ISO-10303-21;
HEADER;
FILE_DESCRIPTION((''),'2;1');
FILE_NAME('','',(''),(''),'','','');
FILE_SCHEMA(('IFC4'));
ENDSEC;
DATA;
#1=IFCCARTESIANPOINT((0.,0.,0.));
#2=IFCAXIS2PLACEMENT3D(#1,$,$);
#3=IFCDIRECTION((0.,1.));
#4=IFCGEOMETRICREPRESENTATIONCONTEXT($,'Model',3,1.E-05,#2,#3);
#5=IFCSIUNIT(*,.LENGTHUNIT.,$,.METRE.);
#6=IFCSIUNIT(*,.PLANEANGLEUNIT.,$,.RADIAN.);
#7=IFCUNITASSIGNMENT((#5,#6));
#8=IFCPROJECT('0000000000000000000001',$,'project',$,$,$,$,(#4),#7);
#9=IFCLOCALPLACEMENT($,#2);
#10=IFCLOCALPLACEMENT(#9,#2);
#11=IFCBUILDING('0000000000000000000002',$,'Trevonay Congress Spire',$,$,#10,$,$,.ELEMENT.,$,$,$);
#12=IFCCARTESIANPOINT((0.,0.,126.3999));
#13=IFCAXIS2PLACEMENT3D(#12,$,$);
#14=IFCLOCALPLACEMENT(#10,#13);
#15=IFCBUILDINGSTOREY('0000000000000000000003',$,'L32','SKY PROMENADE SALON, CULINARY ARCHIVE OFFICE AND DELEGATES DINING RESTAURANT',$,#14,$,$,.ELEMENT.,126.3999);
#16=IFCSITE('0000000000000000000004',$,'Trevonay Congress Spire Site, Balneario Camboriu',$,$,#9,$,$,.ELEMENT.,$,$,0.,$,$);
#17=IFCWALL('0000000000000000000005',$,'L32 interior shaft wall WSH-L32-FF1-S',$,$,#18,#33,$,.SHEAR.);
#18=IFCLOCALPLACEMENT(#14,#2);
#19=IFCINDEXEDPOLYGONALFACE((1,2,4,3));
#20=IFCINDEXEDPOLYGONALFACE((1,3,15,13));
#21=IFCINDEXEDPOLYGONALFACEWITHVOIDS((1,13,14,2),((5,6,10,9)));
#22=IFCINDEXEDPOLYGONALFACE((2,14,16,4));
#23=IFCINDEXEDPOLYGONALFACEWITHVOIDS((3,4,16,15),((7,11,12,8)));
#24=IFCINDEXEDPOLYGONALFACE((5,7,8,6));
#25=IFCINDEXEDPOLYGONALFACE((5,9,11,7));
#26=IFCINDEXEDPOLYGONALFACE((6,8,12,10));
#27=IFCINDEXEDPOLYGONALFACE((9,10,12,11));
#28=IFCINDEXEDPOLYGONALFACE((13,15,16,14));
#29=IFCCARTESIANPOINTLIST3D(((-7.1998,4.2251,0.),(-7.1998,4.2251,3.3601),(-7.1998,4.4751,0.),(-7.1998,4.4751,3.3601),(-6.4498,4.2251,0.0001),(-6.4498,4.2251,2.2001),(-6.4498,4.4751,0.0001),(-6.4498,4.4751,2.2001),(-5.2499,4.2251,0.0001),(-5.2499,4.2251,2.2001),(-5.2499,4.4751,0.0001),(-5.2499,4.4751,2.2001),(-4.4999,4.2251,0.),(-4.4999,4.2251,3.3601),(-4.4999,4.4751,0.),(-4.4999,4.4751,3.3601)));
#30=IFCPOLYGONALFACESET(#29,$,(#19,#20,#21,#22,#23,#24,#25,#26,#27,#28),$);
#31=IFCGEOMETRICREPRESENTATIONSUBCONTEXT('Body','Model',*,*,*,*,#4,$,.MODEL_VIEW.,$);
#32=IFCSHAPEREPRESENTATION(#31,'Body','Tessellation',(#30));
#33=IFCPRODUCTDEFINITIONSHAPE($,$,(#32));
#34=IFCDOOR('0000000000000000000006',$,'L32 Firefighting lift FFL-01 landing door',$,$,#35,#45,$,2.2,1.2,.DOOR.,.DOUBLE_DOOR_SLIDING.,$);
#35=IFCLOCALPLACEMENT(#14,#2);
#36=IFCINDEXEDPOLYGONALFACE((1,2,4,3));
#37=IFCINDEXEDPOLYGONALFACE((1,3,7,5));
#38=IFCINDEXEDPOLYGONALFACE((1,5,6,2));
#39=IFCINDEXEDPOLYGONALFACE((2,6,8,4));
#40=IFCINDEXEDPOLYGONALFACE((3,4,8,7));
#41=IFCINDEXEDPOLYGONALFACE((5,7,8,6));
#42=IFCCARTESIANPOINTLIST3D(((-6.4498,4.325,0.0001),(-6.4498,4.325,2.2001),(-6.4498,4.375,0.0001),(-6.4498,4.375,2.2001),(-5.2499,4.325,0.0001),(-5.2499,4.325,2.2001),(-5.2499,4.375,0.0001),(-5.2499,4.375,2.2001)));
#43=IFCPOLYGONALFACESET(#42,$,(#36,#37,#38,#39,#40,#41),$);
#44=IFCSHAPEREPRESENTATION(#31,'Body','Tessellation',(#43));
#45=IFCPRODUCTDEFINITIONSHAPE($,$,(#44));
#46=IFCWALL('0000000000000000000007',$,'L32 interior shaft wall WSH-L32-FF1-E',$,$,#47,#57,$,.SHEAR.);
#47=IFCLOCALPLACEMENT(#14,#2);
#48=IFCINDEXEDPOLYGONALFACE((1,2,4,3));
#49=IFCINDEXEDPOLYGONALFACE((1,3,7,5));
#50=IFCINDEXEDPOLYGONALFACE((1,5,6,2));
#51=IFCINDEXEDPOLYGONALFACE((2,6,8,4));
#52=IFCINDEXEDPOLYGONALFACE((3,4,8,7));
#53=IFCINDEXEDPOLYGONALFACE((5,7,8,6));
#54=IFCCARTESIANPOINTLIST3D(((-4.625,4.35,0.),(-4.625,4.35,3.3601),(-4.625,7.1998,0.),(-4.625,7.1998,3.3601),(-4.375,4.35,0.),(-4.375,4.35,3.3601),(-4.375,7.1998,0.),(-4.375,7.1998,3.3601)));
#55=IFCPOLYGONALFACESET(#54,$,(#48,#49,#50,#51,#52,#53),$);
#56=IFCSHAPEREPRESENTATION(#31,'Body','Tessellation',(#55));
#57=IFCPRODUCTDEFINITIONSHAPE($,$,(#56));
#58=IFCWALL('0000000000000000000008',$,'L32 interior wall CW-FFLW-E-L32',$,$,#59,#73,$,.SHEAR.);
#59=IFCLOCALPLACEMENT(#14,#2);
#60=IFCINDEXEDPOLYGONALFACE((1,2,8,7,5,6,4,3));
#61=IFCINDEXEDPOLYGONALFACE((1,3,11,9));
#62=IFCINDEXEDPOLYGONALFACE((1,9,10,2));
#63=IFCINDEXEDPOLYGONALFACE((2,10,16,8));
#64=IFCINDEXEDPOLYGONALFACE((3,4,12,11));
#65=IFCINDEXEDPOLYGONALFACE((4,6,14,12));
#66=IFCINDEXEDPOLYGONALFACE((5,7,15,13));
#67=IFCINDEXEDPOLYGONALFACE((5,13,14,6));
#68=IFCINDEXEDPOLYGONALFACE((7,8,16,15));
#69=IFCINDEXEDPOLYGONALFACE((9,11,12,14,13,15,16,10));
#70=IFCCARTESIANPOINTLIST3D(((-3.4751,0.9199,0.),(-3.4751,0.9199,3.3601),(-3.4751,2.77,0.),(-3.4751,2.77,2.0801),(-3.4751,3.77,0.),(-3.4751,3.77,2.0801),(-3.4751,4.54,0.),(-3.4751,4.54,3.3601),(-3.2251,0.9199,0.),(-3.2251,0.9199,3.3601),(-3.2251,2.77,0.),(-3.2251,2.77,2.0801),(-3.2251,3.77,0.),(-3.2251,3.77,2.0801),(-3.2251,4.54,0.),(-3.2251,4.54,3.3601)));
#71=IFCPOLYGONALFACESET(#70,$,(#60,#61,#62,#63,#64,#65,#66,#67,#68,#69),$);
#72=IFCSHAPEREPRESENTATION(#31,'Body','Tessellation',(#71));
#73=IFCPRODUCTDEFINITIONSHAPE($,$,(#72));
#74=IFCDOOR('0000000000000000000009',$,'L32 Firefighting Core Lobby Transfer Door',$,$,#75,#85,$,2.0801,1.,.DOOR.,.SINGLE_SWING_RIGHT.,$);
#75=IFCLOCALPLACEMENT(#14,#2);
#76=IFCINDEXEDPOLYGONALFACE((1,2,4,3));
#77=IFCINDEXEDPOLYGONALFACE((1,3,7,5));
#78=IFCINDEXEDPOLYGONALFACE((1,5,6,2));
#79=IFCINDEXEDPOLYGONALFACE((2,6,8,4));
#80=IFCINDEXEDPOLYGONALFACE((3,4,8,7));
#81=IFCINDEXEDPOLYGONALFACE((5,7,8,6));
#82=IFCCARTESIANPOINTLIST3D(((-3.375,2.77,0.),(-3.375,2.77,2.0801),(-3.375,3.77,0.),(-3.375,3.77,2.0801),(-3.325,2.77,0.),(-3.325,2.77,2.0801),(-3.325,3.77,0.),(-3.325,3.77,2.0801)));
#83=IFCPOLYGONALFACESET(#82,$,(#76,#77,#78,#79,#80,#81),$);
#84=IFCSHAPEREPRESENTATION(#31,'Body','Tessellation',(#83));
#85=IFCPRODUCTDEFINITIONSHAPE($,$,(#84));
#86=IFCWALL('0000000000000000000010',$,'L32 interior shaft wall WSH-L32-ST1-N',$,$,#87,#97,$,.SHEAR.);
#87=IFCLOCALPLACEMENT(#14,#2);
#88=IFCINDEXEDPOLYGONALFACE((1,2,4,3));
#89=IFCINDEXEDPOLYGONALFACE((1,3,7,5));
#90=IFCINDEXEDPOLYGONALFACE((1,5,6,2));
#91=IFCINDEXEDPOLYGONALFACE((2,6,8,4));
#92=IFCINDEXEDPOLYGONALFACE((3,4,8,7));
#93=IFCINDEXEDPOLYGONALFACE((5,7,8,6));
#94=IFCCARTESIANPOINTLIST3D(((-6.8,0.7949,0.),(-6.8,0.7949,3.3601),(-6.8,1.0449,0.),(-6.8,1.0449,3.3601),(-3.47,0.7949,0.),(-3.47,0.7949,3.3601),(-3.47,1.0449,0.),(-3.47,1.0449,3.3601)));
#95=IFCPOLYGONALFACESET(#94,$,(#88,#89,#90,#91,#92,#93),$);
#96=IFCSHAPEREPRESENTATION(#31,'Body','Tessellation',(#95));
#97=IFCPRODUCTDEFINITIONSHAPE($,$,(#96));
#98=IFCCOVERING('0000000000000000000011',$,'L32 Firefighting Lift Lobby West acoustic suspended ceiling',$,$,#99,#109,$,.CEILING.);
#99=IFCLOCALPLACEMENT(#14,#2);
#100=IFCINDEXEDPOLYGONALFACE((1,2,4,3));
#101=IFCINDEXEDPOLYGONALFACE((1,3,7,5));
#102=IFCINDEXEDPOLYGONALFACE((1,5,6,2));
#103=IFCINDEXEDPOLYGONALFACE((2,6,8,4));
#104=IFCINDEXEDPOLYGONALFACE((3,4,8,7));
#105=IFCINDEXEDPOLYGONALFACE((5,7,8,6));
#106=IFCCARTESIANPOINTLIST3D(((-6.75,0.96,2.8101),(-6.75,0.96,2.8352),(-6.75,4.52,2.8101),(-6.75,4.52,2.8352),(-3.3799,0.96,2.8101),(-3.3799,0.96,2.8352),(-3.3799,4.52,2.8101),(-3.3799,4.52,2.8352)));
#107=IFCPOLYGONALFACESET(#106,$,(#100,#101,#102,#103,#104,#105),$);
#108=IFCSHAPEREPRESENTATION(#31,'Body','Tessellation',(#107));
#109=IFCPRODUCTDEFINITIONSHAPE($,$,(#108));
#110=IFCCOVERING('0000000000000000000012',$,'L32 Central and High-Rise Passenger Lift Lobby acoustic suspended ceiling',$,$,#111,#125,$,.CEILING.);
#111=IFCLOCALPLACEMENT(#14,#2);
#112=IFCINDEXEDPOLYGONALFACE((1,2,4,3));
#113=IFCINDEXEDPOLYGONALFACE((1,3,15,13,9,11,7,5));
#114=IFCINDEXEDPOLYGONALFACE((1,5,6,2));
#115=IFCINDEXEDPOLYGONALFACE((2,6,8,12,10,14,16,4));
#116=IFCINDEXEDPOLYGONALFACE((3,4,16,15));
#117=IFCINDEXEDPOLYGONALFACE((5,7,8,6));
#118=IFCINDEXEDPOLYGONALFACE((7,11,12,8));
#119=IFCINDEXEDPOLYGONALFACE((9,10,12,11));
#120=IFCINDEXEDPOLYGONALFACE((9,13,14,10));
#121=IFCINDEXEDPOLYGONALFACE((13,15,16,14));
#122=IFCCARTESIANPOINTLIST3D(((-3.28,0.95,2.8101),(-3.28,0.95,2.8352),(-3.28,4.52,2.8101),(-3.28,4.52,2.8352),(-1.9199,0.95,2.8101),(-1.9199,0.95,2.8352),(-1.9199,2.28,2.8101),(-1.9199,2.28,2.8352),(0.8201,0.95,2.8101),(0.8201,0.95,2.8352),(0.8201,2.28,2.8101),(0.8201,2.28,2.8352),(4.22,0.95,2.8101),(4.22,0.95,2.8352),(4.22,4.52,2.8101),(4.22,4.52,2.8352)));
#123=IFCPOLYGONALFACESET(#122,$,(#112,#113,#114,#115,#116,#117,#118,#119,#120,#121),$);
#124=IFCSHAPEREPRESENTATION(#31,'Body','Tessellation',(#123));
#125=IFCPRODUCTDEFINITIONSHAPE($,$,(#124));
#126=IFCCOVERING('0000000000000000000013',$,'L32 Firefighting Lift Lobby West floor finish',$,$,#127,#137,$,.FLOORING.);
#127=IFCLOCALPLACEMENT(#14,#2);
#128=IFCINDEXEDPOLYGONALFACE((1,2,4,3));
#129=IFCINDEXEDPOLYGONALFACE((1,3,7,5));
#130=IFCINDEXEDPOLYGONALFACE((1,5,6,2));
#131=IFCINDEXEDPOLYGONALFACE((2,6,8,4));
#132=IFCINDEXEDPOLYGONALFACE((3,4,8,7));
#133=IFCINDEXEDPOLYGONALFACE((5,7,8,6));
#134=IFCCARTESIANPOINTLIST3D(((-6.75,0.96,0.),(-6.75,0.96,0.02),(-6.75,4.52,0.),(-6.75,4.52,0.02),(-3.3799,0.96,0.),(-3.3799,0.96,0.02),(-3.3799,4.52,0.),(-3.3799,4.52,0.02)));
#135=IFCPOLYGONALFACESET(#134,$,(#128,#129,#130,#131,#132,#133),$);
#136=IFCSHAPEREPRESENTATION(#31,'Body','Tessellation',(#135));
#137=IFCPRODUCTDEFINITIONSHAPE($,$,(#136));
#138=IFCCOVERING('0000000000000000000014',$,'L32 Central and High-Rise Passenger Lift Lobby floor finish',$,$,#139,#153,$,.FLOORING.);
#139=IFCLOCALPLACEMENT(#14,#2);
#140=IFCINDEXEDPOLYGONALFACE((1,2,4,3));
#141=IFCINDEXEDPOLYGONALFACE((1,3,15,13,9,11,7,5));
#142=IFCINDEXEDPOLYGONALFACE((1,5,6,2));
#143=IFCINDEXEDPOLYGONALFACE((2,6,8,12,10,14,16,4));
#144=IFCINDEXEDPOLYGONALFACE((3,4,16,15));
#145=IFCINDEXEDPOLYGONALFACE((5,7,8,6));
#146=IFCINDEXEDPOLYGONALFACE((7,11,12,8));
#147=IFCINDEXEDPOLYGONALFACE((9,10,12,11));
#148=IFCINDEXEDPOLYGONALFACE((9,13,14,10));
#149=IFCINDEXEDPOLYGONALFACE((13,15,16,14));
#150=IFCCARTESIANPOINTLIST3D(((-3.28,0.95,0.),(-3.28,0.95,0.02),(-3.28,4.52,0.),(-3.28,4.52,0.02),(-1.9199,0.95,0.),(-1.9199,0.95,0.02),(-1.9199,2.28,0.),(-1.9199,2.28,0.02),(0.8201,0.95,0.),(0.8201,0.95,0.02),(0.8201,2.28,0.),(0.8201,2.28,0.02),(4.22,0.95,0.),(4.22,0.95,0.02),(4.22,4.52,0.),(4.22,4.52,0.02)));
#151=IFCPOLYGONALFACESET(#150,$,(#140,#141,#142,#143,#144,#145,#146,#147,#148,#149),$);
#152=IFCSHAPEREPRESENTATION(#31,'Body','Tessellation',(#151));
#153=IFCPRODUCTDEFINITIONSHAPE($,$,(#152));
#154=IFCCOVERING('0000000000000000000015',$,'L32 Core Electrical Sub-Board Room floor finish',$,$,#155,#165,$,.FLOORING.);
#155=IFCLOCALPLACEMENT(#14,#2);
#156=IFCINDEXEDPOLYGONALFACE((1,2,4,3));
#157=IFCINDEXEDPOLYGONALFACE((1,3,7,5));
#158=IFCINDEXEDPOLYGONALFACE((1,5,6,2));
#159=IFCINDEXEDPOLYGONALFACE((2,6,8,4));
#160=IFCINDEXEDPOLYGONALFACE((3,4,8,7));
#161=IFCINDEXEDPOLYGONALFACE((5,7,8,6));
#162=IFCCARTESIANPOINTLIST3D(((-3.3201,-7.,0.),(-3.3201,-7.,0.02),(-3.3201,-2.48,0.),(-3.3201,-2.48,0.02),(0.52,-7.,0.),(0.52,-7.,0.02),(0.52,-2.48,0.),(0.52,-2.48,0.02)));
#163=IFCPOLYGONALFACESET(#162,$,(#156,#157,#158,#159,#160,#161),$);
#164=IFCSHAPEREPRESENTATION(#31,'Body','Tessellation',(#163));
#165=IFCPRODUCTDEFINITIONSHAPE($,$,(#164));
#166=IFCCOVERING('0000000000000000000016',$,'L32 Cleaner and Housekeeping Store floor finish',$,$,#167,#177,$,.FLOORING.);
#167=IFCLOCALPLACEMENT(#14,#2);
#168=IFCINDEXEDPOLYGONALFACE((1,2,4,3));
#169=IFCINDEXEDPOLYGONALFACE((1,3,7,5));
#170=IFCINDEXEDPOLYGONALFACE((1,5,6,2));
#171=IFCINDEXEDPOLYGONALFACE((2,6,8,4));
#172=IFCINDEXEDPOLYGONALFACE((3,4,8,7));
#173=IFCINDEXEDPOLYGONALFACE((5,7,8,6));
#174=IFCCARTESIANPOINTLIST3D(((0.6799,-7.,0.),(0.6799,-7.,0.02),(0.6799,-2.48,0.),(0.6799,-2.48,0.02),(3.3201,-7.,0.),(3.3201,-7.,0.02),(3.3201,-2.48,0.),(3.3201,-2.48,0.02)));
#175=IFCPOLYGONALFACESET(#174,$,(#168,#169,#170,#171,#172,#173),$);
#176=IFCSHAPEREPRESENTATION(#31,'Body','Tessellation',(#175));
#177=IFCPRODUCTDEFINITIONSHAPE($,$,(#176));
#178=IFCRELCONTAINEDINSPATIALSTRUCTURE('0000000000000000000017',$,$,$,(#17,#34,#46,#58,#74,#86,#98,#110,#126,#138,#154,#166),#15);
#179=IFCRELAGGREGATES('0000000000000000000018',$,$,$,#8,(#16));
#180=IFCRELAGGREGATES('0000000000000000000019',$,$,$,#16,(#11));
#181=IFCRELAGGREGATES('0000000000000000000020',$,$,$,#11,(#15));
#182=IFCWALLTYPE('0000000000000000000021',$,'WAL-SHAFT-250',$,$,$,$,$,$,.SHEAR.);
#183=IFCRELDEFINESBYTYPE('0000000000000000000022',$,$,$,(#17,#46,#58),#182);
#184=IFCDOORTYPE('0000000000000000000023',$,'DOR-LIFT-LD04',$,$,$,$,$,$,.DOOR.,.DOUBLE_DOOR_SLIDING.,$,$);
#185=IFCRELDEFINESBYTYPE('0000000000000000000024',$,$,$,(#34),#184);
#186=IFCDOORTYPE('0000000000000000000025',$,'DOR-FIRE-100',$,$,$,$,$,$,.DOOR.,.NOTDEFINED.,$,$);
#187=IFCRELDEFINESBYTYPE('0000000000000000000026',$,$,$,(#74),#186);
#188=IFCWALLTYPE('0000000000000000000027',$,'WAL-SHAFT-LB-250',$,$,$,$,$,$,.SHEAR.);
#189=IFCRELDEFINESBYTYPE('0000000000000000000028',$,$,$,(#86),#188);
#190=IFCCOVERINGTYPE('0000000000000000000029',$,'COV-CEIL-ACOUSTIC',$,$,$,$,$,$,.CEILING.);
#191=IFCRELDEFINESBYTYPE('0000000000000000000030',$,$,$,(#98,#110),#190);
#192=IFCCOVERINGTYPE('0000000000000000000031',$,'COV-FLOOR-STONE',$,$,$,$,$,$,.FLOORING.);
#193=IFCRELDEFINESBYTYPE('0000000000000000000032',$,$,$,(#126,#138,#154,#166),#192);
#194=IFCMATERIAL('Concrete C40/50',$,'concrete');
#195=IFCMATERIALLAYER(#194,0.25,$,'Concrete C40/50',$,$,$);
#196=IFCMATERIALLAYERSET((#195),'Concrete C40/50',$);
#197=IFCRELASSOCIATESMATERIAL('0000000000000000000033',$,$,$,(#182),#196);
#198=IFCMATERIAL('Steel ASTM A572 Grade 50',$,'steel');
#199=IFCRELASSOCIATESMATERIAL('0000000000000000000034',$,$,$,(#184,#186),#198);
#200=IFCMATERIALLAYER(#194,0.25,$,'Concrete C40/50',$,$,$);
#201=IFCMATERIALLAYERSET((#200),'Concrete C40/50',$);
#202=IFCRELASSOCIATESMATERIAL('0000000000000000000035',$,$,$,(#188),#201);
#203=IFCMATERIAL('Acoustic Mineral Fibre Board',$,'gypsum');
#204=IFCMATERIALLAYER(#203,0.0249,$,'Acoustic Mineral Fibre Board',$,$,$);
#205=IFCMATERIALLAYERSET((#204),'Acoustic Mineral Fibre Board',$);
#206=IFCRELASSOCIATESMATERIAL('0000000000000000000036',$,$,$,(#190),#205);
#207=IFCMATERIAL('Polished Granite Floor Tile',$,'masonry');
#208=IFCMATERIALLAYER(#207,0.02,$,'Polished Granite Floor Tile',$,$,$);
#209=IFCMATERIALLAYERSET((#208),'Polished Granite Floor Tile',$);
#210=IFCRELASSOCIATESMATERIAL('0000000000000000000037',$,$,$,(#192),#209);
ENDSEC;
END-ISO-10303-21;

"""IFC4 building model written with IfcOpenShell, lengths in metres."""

from ifc_helpers import new_model, si_unit, direction, frame, frame_2d, origin, place, context, subcontext, project, spatial, polyline, rectangle, outline, extrude, material, layer, layer_set, type_object, element, fill, save


model = new_model("IFC4")

# Units and contexts
model_context = context("Model", 3, precision=1e-05, world=origin(), true_north=direction((0.0, 1.0)))
body_context = subcontext(model_context, "Body", "Model", "MODEL_VIEW")
ifc_project = project(units=[si_unit("LENGTHUNIT", "METRE"), si_unit("PLANEANGLEUNIT", "RADIAN")], contexts=[model_context])

# Site, building, storey
site_placement = place(None, origin())
site = spatial("IfcSite", under=ifc_project, at=site_placement, Name="Trevonay Congress Spire Site, Balneario Camboriu", CompositionType="ELEMENT", RefElevation=0.0)
building_placement = place(site_placement, origin())
building = spatial("IfcBuilding", under=site, at=building_placement, Name="Trevonay Congress Spire", CompositionType="ELEMENT")
storey_placement = place(building_placement, frame((0.0, 0.0, 126.3999)))
storey = spatial("IfcBuildingStorey", under=building, at=storey_placement, Name="L32", Description="SKY PROMENADE SALON, CULINARY ARCHIVE OFFICE AND DELEGATES DINING RESTAURANT", CompositionType="ELEMENT", Elevation=126.3999)

# Shared definitions
ifc_material_1 = material(Name="Steel ASTM A572 Grade 50", Category="steel")

# Shared definitions
ifc_material_2 = material(Name="Concrete C40/50", Category="concrete")

# Shared definitions
ifc_layer_1 = layer(ifc_material_2, 0.25, Name="Concrete C40/50")
ifc_layer_set_1 = layer_set([ifc_layer_1], Name="Concrete C40/50")
wall_type_1 = type_object("IfcWallType", Name="WAL-SHAFT-250", PredefinedType="SHEAR", material=ifc_layer_set_1)

# Wall, opening, door
wall_1_placement = place(storey_placement, frame((-7.2, 4.3501, 0.0), z_axis=(0.0, 0.0, 1.0), x_axis=(1.0, 0.0, 0.0)))
wall_1 = element("IfcWall", 1, at=wall_1_placement, inside=storey, type_object=wall_type_1, Name="L32 interior shaft wall WSH-L32-FF1-S", PredefinedType="SHEAR", context=body_context, shape_type="SweptSolid", body=[
    extrude(rectangle(XDim=2.7, YDim=0.25, at=frame_2d((1.3501, 0.0))), origin(), (0.0, 0.0, 1.0), 3.3601),
])
opening_1_placement = place(wall_1_placement, frame((0.75, 0.0, 0.0)))
opening_1 = element("IfcOpeningElement", 2, at=opening_1_placement, cuts=wall_1, PredefinedType="OPENING", context=body_context, shape_type="SweptSolid", body=[
    extrude(rectangle(XDim=1.2, YDim=2.2, at=frame_2d((0.6001, 1.1001))), frame((0.0, 0.135, 0.0), z_axis=(0.0, -1.0, 0.0), x_axis=(1.0, 0.0, 0.0)), (0.0, 0.0, 1.0), 0.27),
])
door_type_1 = type_object("IfcDoorType", Name="DOR-LIFT-LD04", OperationType="DOUBLE_DOOR_SLIDING", PredefinedType="DOOR", material=ifc_material_1)
door_1_placement = place(opening_1_placement, origin())
door_1 = element("IfcDoor", 3, at=door_1_placement, inside=storey, type_object=door_type_1, Name="L32 Firefighting lift FFL-01 landing door", OperationType="DOUBLE_DOOR_SLIDING", OverallHeight=2.2, OverallWidth=1.2, PredefinedType="DOOR", context=body_context, shape_type="SweptSolid", body=[
    extrude(rectangle(XDim=1.2, YDim=2.2, at=frame_2d((0.6001, 1.1001))), frame((0.0, 0.0249, 0.0), z_axis=(0.0, -1.0, 0.0), x_axis=(1.0, 0.0, 0.0)), (0.0, 0.0, 1.0), 0.05),
])
fill(opening_1, door_1)

# Wall
wall_2_placement = place(storey_placement, frame((-4.5, 4.3501, 0.0), z_axis=(0.0, 0.0, 1.0), x_axis=(0.0, 1.0, 0.0)))
element("IfcWall", 4, at=wall_2_placement, inside=storey, type_object=wall_type_1, Name="L32 interior shaft wall WSH-L32-FF1-E", PredefinedType="SHEAR", context=body_context, shape_type="SweptSolid", body=[
    extrude(rectangle(XDim=2.8499, YDim=0.25, at=frame_2d((1.4248, 0.0))), origin(), (0.0, 0.0, 1.0), 3.3601),
])

# Wall, opening, door
wall_3_placement = place(storey_placement, frame((-3.3501, 0.9199, 0.0), z_axis=(0.0, 0.0, 1.0), x_axis=(0.0, 1.0, 0.0)))
wall_3 = element("IfcWall", 5, at=wall_3_placement, inside=storey, type_object=wall_type_1, Name="L32 interior wall CW-FFLW-E-L32", PredefinedType="SHEAR", context=body_context, shape_type="SweptSolid", body=[
    extrude(rectangle(XDim=3.6201, YDim=0.25, at=frame_2d((1.8101, 0.0))), origin(), (0.0, 0.0, 1.0), 3.3601),
])
opening_2_placement = place(wall_3_placement, frame((1.8501, 0.0, 0.0)))
opening_2 = element("IfcOpeningElement", 6, at=opening_2_placement, cuts=wall_3, PredefinedType="OPENING", context=body_context, shape_type="SweptSolid", body=[
    extrude(rectangle(XDim=1.0, YDim=2.0801, at=frame_2d((0.5, 1.04))), frame((0.0, 0.135, 0.0), z_axis=(0.0, -1.0, 0.0), x_axis=(1.0, 0.0, 0.0)), (0.0, 0.0, 1.0), 0.27),
])
door_type_2 = type_object("IfcDoorType", Name="DOR-FIRE-100", OperationType="NOTDEFINED", PredefinedType="DOOR", material=ifc_material_1)
door_2_placement = place(opening_2_placement, origin())
door_2 = element("IfcDoor", 7, at=door_2_placement, inside=storey, type_object=door_type_2, Name="L32 Firefighting Core Lobby Transfer Door", OperationType="SINGLE_SWING_RIGHT", OverallHeight=2.0801, OverallWidth=1.0, PredefinedType="DOOR", context=body_context, shape_type="SweptSolid", body=[
    extrude(rectangle(XDim=1.0, YDim=2.0801, at=frame_2d((0.5, 1.04))), frame((0.0, 0.0249, 0.0), z_axis=(0.0, -1.0, 0.0), x_axis=(1.0, 0.0, 0.0)), (0.0, 0.0, 1.0), 0.05),
])
fill(opening_2, door_2)

# Wall
ifc_layer_2 = layer(ifc_material_2, 0.25, Name="Concrete C40/50")
ifc_layer_set_2 = layer_set([ifc_layer_2], Name="Concrete C40/50")
wall_type_2 = type_object("IfcWallType", Name="WAL-SHAFT-LB-250", PredefinedType="SHEAR", material=ifc_layer_set_2)
wall_4_placement = place(storey_placement, frame((-6.8, 0.9199, 0.0), z_axis=(0.0, 0.0, 1.0), x_axis=(1.0, 0.0, 0.0)))
element("IfcWall", 8, at=wall_4_placement, inside=storey, type_object=wall_type_2, Name="L32 interior shaft wall WSH-L32-ST1-N", PredefinedType="SHEAR", context=body_context, shape_type="SweptSolid", body=[
    extrude(rectangle(XDim=3.3301, YDim=0.25, at=frame_2d((1.665, 0.0))), origin(), (0.0, 0.0, 1.0), 3.3601),
])

# Coverings
ifc_material_3 = material(Name="Acoustic Mineral Fibre Board", Category="gypsum")
ifc_layer_3 = layer(ifc_material_3, 0.0249, Name="Acoustic Mineral Fibre Board")
ifc_layer_set_3 = layer_set([ifc_layer_3], Name="Acoustic Mineral Fibre Board")
covering_type_1 = type_object("IfcCoveringType", Name="COV-CEIL-ACOUSTIC", PredefinedType="CEILING", material=ifc_layer_set_3)
covering_1_placement = place(storey_placement, frame((0.0, 0.0, 2.8101)))
element("IfcCovering", 9, at=covering_1_placement, inside=storey, type_object=covering_type_1, Name="L32 Firefighting Lift Lobby West acoustic suspended ceiling", PredefinedType="CEILING", context=body_context, shape_type="SweptSolid", body=[
    extrude(outline(polyline([(-6.75, 0.96), (-3.3799, 0.96), (-3.3799, 4.52), (-6.75, 4.52), (-6.75, 0.96)])), origin(), (0.0, 0.0, 1.0), 0.0251),
])
covering_2_placement = place(storey_placement, frame((0.0, 0.0, 2.8101)))
element("IfcCovering", 10, at=covering_2_placement, inside=storey, type_object=covering_type_1, Name="L32 Central and High-Rise Passenger Lift Lobby acoustic suspended ceiling", PredefinedType="CEILING", context=body_context, shape_type="SweptSolid", body=[
    extrude(outline(polyline([(-3.28, 0.95), (-1.9199, 0.95), (-1.9199, 2.28), (0.8201, 2.28), (0.8201, 0.95), (4.22, 0.95), (4.22, 4.52), (-3.28, 4.52), (-3.28, 0.95)])), origin(), (0.0, 0.0, 1.0), 0.0251),
])
ifc_material_4 = material(Name="Polished Granite Floor Tile", Category="masonry")
ifc_layer_4 = layer(ifc_material_4, 0.02, Name="Polished Granite Floor Tile")
ifc_layer_set_4 = layer_set([ifc_layer_4], Name="Polished Granite Floor Tile")
covering_type_2 = type_object("IfcCoveringType", Name="COV-FLOOR-STONE", PredefinedType="FLOORING", material=ifc_layer_set_4)
covering_3_placement = place(storey_placement, origin())
element("IfcCovering", 11, at=covering_3_placement, inside=storey, type_object=covering_type_2, Name="L32 Firefighting Lift Lobby West floor finish", PredefinedType="FLOORING", context=body_context, shape_type="SweptSolid", body=[
    extrude(outline(polyline([(-6.75, 0.96), (-3.3799, 0.96), (-3.3799, 4.52), (-6.75, 4.52), (-6.75, 0.96)])), origin(), (0.0, 0.0, 1.0), 0.02),
])
covering_4_placement = place(storey_placement, origin())
element("IfcCovering", 12, at=covering_4_placement, inside=storey, type_object=covering_type_2, Name="L32 Central and High-Rise Passenger Lift Lobby floor finish", PredefinedType="FLOORING", context=body_context, shape_type="SweptSolid", body=[
    extrude(outline(polyline([(-3.28, 0.95), (-1.9199, 0.95), (-1.9199, 2.28), (0.8201, 2.28), (0.8201, 0.95), (4.22, 0.95), (4.22, 4.52), (-3.28, 4.52), (-3.28, 0.95)])), origin(), (0.0, 0.0, 1.0), 0.02),
])
covering_5_placement = place(storey_placement, origin())
element("IfcCovering", 13, at=covering_5_placement, inside=storey, type_object=covering_type_2, Name="L32 Core Electrical Sub-Board Room floor finish", PredefinedType="FLOORING", context=body_context, shape_type="SweptSolid", body=[
    extrude(outline(polyline([(-3.3201, -7.0), (0.52, -7.0), (0.52, -2.48), (-3.3201, -2.48), (-3.3201, -7.0)])), origin(), (0.0, 0.0, 1.0), 0.02),
])
covering_6_placement = place(storey_placement, origin())
element("IfcCovering", 14, at=covering_6_placement, inside=storey, type_object=covering_type_2, Name="L32 Cleaner and Housekeeping Store floor finish", PredefinedType="FLOORING", context=body_context, shape_type="SweptSolid", body=[
    extrude(outline(polyline([(0.6799, -7.0), (3.3201, -7.0), (3.3201, -2.48), (0.6799, -2.48), (0.6799, -7.0)])), origin(), (0.0, 0.0, 1.0), 0.02),
])

save(model, "model.ifc")
